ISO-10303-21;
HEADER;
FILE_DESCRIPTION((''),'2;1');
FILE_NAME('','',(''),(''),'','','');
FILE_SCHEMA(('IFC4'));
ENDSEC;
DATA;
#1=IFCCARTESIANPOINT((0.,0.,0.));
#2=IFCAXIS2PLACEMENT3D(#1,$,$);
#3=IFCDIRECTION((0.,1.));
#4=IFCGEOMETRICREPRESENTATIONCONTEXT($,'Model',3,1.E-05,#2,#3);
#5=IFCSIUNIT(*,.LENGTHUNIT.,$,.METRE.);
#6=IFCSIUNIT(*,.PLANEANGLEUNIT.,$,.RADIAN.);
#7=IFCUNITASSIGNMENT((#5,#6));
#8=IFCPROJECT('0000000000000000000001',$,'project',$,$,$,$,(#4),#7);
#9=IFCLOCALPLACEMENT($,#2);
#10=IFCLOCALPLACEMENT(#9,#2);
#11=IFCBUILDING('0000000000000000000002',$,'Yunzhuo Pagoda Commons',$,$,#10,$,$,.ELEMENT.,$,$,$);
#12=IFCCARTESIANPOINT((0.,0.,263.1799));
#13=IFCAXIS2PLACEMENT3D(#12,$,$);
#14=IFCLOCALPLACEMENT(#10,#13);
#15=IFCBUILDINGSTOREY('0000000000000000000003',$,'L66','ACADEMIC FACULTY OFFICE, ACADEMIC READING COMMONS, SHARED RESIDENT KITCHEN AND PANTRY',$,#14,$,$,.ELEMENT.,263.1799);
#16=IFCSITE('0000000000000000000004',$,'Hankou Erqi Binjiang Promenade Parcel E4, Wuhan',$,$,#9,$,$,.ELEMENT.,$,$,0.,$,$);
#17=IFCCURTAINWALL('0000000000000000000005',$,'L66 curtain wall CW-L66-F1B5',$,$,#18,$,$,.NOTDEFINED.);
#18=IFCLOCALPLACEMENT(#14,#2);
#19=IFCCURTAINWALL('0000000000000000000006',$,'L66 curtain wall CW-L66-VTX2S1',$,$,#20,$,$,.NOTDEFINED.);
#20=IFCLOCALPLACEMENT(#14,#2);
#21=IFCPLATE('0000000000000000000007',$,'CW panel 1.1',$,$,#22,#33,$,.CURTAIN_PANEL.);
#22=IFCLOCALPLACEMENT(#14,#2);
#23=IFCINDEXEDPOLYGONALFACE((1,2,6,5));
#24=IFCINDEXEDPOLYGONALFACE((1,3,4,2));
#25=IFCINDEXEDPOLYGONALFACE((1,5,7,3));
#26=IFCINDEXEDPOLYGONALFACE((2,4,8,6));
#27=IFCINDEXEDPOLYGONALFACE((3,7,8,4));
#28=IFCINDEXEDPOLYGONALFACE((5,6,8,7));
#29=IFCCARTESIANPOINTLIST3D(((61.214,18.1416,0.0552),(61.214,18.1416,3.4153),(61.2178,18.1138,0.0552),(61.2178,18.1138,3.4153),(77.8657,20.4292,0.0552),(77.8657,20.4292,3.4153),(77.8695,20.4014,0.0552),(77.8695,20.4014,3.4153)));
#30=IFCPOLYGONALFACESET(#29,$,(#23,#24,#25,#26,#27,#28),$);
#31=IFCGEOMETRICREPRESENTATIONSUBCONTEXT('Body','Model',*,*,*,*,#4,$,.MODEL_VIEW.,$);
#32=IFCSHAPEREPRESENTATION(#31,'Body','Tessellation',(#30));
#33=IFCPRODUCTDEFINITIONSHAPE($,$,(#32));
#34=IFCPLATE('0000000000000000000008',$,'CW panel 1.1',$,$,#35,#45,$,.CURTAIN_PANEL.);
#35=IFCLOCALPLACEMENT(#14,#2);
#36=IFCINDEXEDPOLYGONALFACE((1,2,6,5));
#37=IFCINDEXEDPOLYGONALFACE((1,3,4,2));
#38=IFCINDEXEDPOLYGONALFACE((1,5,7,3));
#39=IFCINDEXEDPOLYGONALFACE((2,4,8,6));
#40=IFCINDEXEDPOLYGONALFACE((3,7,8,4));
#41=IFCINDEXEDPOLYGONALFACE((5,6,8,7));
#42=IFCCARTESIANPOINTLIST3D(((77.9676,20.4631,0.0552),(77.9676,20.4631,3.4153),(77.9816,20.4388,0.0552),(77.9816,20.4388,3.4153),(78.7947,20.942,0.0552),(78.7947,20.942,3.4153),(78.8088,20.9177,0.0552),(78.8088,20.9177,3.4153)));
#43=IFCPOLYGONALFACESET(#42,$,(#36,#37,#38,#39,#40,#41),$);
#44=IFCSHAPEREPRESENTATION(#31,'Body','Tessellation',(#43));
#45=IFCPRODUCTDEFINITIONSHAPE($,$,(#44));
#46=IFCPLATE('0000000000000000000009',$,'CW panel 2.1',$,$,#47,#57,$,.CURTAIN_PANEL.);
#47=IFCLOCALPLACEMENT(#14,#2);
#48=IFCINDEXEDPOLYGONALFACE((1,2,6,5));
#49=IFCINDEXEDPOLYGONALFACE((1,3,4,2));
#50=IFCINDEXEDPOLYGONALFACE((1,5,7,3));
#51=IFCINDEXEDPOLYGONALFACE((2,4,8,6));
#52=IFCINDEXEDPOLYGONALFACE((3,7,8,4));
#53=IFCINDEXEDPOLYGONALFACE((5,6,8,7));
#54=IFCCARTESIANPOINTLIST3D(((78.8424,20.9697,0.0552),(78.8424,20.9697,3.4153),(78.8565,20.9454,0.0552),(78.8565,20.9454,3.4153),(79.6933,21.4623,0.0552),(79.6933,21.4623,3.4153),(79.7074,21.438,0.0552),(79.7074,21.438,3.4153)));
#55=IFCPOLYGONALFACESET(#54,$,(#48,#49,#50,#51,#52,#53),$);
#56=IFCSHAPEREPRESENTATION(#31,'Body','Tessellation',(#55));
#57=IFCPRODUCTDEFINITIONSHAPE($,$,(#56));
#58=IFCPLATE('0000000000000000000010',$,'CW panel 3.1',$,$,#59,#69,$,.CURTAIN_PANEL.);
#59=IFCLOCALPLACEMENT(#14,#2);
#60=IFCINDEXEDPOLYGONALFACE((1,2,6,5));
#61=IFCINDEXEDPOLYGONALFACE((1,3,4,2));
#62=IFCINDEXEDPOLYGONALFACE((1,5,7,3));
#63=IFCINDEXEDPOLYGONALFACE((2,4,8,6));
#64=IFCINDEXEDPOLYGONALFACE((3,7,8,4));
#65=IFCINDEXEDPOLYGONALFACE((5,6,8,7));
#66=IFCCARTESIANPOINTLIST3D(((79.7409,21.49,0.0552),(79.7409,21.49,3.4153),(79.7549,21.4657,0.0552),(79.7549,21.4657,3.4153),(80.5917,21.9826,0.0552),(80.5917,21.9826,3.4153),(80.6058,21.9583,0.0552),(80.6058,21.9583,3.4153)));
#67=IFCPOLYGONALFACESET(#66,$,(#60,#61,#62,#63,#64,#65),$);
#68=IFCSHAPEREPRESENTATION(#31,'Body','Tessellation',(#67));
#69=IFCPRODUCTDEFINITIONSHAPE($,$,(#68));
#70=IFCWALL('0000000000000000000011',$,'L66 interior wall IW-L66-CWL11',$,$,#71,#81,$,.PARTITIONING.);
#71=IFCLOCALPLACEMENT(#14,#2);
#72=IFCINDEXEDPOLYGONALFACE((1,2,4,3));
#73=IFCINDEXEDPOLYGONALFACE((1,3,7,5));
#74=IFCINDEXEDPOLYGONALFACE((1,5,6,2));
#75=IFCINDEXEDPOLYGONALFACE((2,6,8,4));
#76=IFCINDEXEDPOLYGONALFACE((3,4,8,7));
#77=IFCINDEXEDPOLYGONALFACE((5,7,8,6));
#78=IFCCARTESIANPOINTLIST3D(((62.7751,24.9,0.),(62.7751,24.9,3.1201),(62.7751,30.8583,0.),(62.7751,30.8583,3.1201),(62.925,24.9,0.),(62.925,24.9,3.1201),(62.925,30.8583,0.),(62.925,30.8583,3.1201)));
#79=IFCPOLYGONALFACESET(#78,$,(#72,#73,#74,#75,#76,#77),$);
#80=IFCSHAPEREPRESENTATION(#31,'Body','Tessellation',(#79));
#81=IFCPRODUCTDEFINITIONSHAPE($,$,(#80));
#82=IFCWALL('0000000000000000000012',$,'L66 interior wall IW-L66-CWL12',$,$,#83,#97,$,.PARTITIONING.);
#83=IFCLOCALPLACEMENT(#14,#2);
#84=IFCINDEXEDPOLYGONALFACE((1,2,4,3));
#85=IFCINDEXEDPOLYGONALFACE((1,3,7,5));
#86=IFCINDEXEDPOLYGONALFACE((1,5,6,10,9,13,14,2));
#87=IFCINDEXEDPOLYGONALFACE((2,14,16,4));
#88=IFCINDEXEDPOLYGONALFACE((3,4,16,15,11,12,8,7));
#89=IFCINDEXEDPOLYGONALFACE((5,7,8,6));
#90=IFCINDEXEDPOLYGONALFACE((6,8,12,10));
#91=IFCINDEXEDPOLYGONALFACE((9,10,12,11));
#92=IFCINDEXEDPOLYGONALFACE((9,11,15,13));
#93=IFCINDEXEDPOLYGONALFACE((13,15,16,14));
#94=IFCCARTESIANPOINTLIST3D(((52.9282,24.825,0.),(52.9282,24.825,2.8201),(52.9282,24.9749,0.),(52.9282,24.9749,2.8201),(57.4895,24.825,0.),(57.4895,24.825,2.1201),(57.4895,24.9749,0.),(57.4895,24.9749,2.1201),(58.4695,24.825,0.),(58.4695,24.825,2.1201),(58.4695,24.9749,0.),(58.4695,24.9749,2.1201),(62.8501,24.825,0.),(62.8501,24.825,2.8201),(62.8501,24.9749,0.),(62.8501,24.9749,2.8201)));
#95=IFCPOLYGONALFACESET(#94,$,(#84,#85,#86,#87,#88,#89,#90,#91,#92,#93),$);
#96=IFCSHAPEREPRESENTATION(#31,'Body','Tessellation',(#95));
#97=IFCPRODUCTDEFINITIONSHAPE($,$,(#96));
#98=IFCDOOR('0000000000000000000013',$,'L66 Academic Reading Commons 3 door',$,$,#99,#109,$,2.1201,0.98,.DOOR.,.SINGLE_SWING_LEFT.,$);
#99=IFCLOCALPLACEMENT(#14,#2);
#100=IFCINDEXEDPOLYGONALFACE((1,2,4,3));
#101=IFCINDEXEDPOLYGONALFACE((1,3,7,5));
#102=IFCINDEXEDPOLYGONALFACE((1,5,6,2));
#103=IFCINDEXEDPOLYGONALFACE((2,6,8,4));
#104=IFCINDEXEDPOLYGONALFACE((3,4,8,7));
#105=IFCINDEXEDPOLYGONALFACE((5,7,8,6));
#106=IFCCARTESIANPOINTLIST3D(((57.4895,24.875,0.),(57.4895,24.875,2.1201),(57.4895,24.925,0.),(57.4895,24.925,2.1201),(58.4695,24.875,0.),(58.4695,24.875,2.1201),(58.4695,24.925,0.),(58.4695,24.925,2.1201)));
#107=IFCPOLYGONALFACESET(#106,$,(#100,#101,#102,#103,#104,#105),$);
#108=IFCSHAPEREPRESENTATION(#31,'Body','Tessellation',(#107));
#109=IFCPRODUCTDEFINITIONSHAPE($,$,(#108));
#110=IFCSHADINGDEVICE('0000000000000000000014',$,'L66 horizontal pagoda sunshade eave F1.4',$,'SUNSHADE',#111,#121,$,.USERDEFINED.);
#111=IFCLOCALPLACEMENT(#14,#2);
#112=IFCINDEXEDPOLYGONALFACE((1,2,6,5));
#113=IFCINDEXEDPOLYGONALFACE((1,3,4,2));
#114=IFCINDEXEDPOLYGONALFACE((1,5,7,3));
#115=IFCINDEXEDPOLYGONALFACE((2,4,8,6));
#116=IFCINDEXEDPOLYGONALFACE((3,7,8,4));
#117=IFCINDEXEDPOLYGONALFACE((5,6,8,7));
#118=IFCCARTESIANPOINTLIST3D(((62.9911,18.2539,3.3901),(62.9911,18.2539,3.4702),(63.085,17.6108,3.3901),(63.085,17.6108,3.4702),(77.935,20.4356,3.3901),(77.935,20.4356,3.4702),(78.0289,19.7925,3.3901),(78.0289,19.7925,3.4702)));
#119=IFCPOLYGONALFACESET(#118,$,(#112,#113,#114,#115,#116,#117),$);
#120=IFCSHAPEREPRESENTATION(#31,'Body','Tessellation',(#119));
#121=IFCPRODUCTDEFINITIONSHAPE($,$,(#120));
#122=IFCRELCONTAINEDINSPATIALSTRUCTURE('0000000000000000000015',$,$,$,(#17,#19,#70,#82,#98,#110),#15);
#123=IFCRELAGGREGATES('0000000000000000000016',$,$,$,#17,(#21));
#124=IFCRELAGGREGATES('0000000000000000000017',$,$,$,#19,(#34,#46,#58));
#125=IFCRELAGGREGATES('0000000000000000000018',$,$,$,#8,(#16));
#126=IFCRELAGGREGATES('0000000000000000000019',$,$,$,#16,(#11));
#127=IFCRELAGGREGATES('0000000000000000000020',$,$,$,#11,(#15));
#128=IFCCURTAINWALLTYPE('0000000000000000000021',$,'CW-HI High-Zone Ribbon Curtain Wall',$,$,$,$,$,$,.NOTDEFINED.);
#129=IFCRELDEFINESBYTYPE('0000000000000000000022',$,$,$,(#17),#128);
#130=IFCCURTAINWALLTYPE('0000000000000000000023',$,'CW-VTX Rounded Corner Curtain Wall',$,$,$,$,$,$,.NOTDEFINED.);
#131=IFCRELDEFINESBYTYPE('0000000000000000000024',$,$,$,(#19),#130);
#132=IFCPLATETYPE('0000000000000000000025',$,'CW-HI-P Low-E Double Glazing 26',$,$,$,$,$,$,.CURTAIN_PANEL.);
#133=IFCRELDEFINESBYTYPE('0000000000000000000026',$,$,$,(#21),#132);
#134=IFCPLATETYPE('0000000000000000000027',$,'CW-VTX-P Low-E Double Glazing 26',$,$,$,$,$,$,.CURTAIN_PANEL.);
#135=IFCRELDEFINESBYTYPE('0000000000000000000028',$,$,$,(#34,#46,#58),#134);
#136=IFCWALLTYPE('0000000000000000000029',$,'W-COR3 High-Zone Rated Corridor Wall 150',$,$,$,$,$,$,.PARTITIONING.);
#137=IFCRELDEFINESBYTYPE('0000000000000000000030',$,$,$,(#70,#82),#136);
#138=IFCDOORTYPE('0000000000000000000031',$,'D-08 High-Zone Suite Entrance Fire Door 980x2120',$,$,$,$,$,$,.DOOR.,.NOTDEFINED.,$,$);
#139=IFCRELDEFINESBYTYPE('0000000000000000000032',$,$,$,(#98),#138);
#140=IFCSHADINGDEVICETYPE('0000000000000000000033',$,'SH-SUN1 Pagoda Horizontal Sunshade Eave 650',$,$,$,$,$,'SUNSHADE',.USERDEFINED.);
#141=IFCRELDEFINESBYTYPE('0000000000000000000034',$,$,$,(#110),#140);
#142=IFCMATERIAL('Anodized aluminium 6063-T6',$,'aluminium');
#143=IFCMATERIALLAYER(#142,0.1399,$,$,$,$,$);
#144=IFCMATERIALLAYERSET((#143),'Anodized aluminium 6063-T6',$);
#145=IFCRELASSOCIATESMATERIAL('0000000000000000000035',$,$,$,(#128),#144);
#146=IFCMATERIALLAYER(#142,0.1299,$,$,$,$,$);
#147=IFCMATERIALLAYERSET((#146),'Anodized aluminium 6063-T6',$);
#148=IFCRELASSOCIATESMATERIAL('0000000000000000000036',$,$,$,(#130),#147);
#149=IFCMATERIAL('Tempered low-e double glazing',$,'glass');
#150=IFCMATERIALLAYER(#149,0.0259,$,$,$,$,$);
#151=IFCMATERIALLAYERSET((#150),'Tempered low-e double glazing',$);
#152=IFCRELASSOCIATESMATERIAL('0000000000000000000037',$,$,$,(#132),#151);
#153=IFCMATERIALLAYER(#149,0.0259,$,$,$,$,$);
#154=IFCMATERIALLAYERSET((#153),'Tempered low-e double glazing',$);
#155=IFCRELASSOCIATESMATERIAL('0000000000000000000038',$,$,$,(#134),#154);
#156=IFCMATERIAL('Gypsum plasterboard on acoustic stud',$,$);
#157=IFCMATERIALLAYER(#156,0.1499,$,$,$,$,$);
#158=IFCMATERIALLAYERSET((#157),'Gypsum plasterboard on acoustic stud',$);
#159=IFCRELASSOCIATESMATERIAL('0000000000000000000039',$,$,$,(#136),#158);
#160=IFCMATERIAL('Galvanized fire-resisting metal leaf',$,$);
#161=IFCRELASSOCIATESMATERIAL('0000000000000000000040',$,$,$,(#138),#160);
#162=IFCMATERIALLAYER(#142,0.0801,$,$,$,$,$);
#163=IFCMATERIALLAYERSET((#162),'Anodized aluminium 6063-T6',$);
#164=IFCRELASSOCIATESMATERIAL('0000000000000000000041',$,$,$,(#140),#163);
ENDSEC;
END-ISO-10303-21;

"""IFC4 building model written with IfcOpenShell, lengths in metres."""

from ifc_helpers import new_model, si_unit, direction, frame, frame_2d, origin, origin_with_axes, origin_2d, place, context, subcontext, project, spatial, rectangle, extrude, source, transform, mapped, material, layer, layer_set, type_object, element, fill, aggregate, save


model = new_model("IFC4")

# Units and contexts
model_context = context("Model", 3, precision=1e-05, world=origin(), true_north=direction((0.0, 1.0)))
body_context = subcontext(model_context, "Body", "Model", "MODEL_VIEW")
ifc_project = project(units=[si_unit("LENGTHUNIT", "METRE"), si_unit("PLANEANGLEUNIT", "RADIAN")], contexts=[model_context])

# Site, building, storey
site_placement = place(None, origin())
site = spatial("IfcSite", under=ifc_project, at=site_placement, Name="Hankou Erqi Binjiang Promenade Parcel E4, Wuhan", CompositionType="ELEMENT", RefElevation=0.0)
building_placement = place(site_placement, origin())
building = spatial("IfcBuilding", under=site, at=building_placement, Name="Yunzhuo Pagoda Commons", CompositionType="ELEMENT")
storey_placement = place(building_placement, frame((0.0, 0.0, 263.1799)))
storey = spatial("IfcBuildingStorey", under=building, at=storey_placement, Name="L66", Description="ACADEMIC FACULTY OFFICE, ACADEMIC READING COMMONS, SHARED RESIDENT KITCHEN AND PANTRY", CompositionType="ELEMENT", Elevation=263.1799)

# Curtain walls
ifc_material_1 = material(Name="Anodized aluminium 6063-T6", Category="aluminium")
ifc_layer_1 = layer(ifc_material_1, 0.1399)
ifc_layer_set_1 = layer_set([ifc_layer_1], Name="Anodized aluminium 6063-T6")
curtain_wall_type_1 = type_object("IfcCurtainWallType", Name="CW-HI High-Zone Ribbon Curtain Wall", PredefinedType="NOTDEFINED", material=ifc_layer_set_1)
curtain_wall_1_placement = place(storey_placement, origin())
curtain_wall_1 = element("IfcCurtainWall", 1, at=curtain_wall_1_placement, inside=storey, type_object=curtain_wall_type_1, Name="L66 curtain wall CW-L66-F1B5", PredefinedType="NOTDEFINED")
ifc_layer_2 = layer(ifc_material_1, 0.1299)
ifc_layer_set_2 = layer_set([ifc_layer_2], Name="Anodized aluminium 6063-T6")
curtain_wall_type_2 = type_object("IfcCurtainWallType", Name="CW-VTX Rounded Corner Curtain Wall", PredefinedType="NOTDEFINED", material=ifc_layer_set_2)
curtain_wall_2_placement = place(storey_placement, origin())
curtain_wall_2 = element("IfcCurtainWall", 2, at=curtain_wall_2_placement, inside=storey, type_object=curtain_wall_type_2, Name="L66 curtain wall CW-L66-VTX2S1", PredefinedType="NOTDEFINED")

# Plates
ifc_material_2 = material(Name="Tempered low-e double glazing", Category="glass")
ifc_layer_3 = layer(ifc_material_2, 0.0259)
ifc_layer_set_3 = layer_set([ifc_layer_3], Name="Tempered low-e double glazing")
plate_type_1 = type_object("IfcPlateType", Name="CW-HI-P Low-E Double Glazing 26", PredefinedType="CURTAIN_PANEL", material=ifc_layer_set_3)
shared_shape_1 = source(origin(), body_context, "Body", "SweptSolid", [
    extrude(rectangle(XDim=16.8081, YDim=0.0281, at=origin_2d()), origin(), (0.0, 0.0, 1.0), 3.3601),
])
plate_1_placement = place(storey_placement, frame((69.5417, 19.2715, 0.0552), z_axis=(0.0, 0.0, 1.0), x_axis=(0.990695, 0.136099, 0.0)))
plate_1 = element("IfcPlate", 3, at=plate_1_placement, type_object=plate_type_1, Name="CW panel 1.1", PredefinedType="CURTAIN_PANEL", context=body_context, shape_type="MappedRepresentation", body=[
    mapped(shared_shape_1, transform((0.0, 0.0, 0.0), scale=1.0)),
])
aggregate(curtain_wall_1, [plate_1])
ifc_layer_4 = layer(ifc_material_2, 0.0259)
ifc_layer_set_4 = layer_set([ifc_layer_4], Name="Tempered low-e double glazing")
plate_type_2 = type_object("IfcPlateType", Name="CW-VTX-P Low-E Double Glazing 26", PredefinedType="CURTAIN_PANEL", material=ifc_layer_set_4)
shared_shape_2 = source(origin(), body_context, "Body", "SweptSolid", [
    extrude(rectangle(XDim=0.9558, YDim=0.0281, at=origin_2d()), origin(), (0.0, 0.0, 1.0), 3.3601),
])
plate_2_placement = place(storey_placement, frame((78.3882, 20.6904, 0.0552), z_axis=(0.0, 0.0, 1.0), x_axis=(0.865432, 0.501027, 0.0)))
plate_2 = element("IfcPlate", 4, at=plate_2_placement, type_object=plate_type_2, Name="CW panel 1.1", PredefinedType="CURTAIN_PANEL", context=body_context, shape_type="MappedRepresentation", body=[
    mapped(shared_shape_2, transform((0.0, 0.0, 0.0), scale=1.0)),
])
shared_shape_3 = source(origin(), body_context, "Body", "SweptSolid", [
    extrude(rectangle(XDim=0.9832, YDim=0.0281, at=origin_2d()), origin(), (0.0, 0.0, 1.0), 3.3601),
])
plate_3_placement = place(storey_placement, frame((79.2749, 21.2039, 0.0552), z_axis=(0.0, 0.0, 1.0), x_axis=(0.865432, 0.501027, 0.0)))
plate_3 = element("IfcPlate", 5, at=plate_3_placement, type_object=plate_type_2, Name="CW panel 2.1", PredefinedType="CURTAIN_PANEL", context=body_context, shape_type="MappedRepresentation", body=[
    mapped(shared_shape_3, transform((0.0, 0.0, 0.0), scale=1.0)),
])
plate_4_placement = place(storey_placement, frame((80.1733, 21.7241, 0.0552), z_axis=(0.0, 0.0, 1.0), x_axis=(0.865432, 0.501027, 0.0)))
plate_4 = element("IfcPlate", 6, at=plate_4_placement, type_object=plate_type_2, Name="CW panel 3.1", PredefinedType="CURTAIN_PANEL", context=body_context, shape_type="MappedRepresentation", body=[
    mapped(shared_shape_3, transform((0.0, 0.0, 0.0), scale=1.0)),
])
aggregate(curtain_wall_2, [plate_2, plate_3, plate_4])

# Wall
ifc_material_3 = material(Name="Gypsum plasterboard on acoustic stud")
ifc_layer_5 = layer(ifc_material_3, 0.1499)
ifc_layer_set_5 = layer_set([ifc_layer_5], Name="Gypsum plasterboard on acoustic stud")
wall_type = type_object("IfcWallType", Name="W-COR3 High-Zone Rated Corridor Wall 150", PredefinedType="PARTITIONING", material=ifc_layer_set_5)
wall_1_placement = place(storey_placement, frame((62.8501, 30.8582, 0.0), z_axis=(0.0, 0.0, 1.0), x_axis=(0.0, -1.0, 0.0)))
element("IfcWall", 7, at=wall_1_placement, inside=storey, type_object=wall_type, Name="L66 interior wall IW-L66-CWL11", PredefinedType="PARTITIONING", context=body_context, shape_type="SweptSolid", body=[
    extrude(rectangle(XDim=5.9583, YDim=0.1499, at=frame_2d((2.979, 0.0))), origin(), (0.0, 0.0, 1.0), 3.1201),
])

# Wall, opening, door
wall_2_placement = place(storey_placement, frame((62.8501, 24.8999, 0.0), z_axis=(0.0, 0.0, 1.0), x_axis=(-1.0, 0.0, 0.0)))
wall_2 = element("IfcWall", 8, at=wall_2_placement, inside=storey, type_object=wall_type, Name="L66 interior wall IW-L66-CWL12", PredefinedType="PARTITIONING", context=body_context, shape_type="SweptSolid", body=[
    extrude(rectangle(XDim=9.9219, YDim=0.1499, at=frame_2d((4.9609, 0.0))), origin(), (0.0, 0.0, 1.0), 2.8201),
])
opening_placement = place(wall_2_placement, frame((4.3806, 0.0, 0.0)))
opening = element("IfcOpeningElement", 9, at=opening_placement, cuts=wall_2, PredefinedType="OPENING", context=body_context, shape_type="SweptSolid", body=[
    extrude(rectangle(XDim=0.98, YDim=2.1201, at=frame_2d((0.49, 1.0601))), frame((0.0, 0.085, 0.0), z_axis=(0.0, -1.0, 0.0), x_axis=(1.0, 0.0, 0.0)), (0.0, 0.0, 1.0), 0.1699),
])
ifc_material_4 = material(Name="Galvanized fire-resisting metal leaf")
door_type = type_object("IfcDoorType", Name="D-08 High-Zone Suite Entrance Fire Door 980x2120", OperationType="NOTDEFINED", PredefinedType="DOOR", material=ifc_material_4)
shared_shape_4 = source(origin(), body_context, "Body", "SweptSolid", [
    extrude(rectangle(XDim=0.98, YDim=2.1201, at=frame_2d((0.49, 1.0601))), frame((0.0, 0.0249, 0.0), z_axis=(0.0, -1.0, 0.0), x_axis=(1.0, 0.0, 0.0)), (0.0, 0.0, 1.0), 0.05),
])
door_placement = place(opening_placement, origin_with_axes())
door = element("IfcDoor", 10, at=door_placement, inside=storey, type_object=door_type, Name="L66 Academic Reading Commons 3 door", OperationType="SINGLE_SWING_LEFT", OverallHeight=2.1201, OverallWidth=0.98, PredefinedType="DOOR", context=body_context, shape_type="MappedRepresentation", body=[
    mapped(shared_shape_4, transform((0.0, 0.0, 0.0), scale=1.0)),
])
fill(opening, door)

# Shading device
ifc_layer_6 = layer(ifc_material_1, 0.0801)
ifc_layer_set_6 = layer_set([ifc_layer_6], Name="Anodized aluminium 6063-T6")
shading_device_type = type_object("IfcShadingDeviceType", Name="SH-SUN1 Pagoda Horizontal Sunshade Eave 650", ElementType="SUNSHADE", PredefinedType="USERDEFINED", material=ifc_layer_set_6)
shared_shape_5 = source(origin(), body_context, "Body", "SweptSolid", [
    extrude(rectangle(XDim=15.1023, YDim=0.6499, at=origin_2d()), origin(), (0.0, 0.0, 1.0), 0.0801),
])
shading_device_placement = place(storey_placement, frame((70.51, 19.0232, 3.3901), z_axis=(0.0, 0.0, 1.0), x_axis=(0.989511, 0.14446, 0.0)))
element("IfcShadingDevice", 11, at=shading_device_placement, inside=storey, type_object=shading_device_type, Name="L66 horizontal pagoda sunshade eave F1.4", ObjectType="SUNSHADE", PredefinedType="USERDEFINED", context=body_context, shape_type="MappedRepresentation", body=[
    mapped(shared_shape_5, transform((0.0, 0.0, 0.0), scale=1.0)),
])

save(model, "model.ifc")
